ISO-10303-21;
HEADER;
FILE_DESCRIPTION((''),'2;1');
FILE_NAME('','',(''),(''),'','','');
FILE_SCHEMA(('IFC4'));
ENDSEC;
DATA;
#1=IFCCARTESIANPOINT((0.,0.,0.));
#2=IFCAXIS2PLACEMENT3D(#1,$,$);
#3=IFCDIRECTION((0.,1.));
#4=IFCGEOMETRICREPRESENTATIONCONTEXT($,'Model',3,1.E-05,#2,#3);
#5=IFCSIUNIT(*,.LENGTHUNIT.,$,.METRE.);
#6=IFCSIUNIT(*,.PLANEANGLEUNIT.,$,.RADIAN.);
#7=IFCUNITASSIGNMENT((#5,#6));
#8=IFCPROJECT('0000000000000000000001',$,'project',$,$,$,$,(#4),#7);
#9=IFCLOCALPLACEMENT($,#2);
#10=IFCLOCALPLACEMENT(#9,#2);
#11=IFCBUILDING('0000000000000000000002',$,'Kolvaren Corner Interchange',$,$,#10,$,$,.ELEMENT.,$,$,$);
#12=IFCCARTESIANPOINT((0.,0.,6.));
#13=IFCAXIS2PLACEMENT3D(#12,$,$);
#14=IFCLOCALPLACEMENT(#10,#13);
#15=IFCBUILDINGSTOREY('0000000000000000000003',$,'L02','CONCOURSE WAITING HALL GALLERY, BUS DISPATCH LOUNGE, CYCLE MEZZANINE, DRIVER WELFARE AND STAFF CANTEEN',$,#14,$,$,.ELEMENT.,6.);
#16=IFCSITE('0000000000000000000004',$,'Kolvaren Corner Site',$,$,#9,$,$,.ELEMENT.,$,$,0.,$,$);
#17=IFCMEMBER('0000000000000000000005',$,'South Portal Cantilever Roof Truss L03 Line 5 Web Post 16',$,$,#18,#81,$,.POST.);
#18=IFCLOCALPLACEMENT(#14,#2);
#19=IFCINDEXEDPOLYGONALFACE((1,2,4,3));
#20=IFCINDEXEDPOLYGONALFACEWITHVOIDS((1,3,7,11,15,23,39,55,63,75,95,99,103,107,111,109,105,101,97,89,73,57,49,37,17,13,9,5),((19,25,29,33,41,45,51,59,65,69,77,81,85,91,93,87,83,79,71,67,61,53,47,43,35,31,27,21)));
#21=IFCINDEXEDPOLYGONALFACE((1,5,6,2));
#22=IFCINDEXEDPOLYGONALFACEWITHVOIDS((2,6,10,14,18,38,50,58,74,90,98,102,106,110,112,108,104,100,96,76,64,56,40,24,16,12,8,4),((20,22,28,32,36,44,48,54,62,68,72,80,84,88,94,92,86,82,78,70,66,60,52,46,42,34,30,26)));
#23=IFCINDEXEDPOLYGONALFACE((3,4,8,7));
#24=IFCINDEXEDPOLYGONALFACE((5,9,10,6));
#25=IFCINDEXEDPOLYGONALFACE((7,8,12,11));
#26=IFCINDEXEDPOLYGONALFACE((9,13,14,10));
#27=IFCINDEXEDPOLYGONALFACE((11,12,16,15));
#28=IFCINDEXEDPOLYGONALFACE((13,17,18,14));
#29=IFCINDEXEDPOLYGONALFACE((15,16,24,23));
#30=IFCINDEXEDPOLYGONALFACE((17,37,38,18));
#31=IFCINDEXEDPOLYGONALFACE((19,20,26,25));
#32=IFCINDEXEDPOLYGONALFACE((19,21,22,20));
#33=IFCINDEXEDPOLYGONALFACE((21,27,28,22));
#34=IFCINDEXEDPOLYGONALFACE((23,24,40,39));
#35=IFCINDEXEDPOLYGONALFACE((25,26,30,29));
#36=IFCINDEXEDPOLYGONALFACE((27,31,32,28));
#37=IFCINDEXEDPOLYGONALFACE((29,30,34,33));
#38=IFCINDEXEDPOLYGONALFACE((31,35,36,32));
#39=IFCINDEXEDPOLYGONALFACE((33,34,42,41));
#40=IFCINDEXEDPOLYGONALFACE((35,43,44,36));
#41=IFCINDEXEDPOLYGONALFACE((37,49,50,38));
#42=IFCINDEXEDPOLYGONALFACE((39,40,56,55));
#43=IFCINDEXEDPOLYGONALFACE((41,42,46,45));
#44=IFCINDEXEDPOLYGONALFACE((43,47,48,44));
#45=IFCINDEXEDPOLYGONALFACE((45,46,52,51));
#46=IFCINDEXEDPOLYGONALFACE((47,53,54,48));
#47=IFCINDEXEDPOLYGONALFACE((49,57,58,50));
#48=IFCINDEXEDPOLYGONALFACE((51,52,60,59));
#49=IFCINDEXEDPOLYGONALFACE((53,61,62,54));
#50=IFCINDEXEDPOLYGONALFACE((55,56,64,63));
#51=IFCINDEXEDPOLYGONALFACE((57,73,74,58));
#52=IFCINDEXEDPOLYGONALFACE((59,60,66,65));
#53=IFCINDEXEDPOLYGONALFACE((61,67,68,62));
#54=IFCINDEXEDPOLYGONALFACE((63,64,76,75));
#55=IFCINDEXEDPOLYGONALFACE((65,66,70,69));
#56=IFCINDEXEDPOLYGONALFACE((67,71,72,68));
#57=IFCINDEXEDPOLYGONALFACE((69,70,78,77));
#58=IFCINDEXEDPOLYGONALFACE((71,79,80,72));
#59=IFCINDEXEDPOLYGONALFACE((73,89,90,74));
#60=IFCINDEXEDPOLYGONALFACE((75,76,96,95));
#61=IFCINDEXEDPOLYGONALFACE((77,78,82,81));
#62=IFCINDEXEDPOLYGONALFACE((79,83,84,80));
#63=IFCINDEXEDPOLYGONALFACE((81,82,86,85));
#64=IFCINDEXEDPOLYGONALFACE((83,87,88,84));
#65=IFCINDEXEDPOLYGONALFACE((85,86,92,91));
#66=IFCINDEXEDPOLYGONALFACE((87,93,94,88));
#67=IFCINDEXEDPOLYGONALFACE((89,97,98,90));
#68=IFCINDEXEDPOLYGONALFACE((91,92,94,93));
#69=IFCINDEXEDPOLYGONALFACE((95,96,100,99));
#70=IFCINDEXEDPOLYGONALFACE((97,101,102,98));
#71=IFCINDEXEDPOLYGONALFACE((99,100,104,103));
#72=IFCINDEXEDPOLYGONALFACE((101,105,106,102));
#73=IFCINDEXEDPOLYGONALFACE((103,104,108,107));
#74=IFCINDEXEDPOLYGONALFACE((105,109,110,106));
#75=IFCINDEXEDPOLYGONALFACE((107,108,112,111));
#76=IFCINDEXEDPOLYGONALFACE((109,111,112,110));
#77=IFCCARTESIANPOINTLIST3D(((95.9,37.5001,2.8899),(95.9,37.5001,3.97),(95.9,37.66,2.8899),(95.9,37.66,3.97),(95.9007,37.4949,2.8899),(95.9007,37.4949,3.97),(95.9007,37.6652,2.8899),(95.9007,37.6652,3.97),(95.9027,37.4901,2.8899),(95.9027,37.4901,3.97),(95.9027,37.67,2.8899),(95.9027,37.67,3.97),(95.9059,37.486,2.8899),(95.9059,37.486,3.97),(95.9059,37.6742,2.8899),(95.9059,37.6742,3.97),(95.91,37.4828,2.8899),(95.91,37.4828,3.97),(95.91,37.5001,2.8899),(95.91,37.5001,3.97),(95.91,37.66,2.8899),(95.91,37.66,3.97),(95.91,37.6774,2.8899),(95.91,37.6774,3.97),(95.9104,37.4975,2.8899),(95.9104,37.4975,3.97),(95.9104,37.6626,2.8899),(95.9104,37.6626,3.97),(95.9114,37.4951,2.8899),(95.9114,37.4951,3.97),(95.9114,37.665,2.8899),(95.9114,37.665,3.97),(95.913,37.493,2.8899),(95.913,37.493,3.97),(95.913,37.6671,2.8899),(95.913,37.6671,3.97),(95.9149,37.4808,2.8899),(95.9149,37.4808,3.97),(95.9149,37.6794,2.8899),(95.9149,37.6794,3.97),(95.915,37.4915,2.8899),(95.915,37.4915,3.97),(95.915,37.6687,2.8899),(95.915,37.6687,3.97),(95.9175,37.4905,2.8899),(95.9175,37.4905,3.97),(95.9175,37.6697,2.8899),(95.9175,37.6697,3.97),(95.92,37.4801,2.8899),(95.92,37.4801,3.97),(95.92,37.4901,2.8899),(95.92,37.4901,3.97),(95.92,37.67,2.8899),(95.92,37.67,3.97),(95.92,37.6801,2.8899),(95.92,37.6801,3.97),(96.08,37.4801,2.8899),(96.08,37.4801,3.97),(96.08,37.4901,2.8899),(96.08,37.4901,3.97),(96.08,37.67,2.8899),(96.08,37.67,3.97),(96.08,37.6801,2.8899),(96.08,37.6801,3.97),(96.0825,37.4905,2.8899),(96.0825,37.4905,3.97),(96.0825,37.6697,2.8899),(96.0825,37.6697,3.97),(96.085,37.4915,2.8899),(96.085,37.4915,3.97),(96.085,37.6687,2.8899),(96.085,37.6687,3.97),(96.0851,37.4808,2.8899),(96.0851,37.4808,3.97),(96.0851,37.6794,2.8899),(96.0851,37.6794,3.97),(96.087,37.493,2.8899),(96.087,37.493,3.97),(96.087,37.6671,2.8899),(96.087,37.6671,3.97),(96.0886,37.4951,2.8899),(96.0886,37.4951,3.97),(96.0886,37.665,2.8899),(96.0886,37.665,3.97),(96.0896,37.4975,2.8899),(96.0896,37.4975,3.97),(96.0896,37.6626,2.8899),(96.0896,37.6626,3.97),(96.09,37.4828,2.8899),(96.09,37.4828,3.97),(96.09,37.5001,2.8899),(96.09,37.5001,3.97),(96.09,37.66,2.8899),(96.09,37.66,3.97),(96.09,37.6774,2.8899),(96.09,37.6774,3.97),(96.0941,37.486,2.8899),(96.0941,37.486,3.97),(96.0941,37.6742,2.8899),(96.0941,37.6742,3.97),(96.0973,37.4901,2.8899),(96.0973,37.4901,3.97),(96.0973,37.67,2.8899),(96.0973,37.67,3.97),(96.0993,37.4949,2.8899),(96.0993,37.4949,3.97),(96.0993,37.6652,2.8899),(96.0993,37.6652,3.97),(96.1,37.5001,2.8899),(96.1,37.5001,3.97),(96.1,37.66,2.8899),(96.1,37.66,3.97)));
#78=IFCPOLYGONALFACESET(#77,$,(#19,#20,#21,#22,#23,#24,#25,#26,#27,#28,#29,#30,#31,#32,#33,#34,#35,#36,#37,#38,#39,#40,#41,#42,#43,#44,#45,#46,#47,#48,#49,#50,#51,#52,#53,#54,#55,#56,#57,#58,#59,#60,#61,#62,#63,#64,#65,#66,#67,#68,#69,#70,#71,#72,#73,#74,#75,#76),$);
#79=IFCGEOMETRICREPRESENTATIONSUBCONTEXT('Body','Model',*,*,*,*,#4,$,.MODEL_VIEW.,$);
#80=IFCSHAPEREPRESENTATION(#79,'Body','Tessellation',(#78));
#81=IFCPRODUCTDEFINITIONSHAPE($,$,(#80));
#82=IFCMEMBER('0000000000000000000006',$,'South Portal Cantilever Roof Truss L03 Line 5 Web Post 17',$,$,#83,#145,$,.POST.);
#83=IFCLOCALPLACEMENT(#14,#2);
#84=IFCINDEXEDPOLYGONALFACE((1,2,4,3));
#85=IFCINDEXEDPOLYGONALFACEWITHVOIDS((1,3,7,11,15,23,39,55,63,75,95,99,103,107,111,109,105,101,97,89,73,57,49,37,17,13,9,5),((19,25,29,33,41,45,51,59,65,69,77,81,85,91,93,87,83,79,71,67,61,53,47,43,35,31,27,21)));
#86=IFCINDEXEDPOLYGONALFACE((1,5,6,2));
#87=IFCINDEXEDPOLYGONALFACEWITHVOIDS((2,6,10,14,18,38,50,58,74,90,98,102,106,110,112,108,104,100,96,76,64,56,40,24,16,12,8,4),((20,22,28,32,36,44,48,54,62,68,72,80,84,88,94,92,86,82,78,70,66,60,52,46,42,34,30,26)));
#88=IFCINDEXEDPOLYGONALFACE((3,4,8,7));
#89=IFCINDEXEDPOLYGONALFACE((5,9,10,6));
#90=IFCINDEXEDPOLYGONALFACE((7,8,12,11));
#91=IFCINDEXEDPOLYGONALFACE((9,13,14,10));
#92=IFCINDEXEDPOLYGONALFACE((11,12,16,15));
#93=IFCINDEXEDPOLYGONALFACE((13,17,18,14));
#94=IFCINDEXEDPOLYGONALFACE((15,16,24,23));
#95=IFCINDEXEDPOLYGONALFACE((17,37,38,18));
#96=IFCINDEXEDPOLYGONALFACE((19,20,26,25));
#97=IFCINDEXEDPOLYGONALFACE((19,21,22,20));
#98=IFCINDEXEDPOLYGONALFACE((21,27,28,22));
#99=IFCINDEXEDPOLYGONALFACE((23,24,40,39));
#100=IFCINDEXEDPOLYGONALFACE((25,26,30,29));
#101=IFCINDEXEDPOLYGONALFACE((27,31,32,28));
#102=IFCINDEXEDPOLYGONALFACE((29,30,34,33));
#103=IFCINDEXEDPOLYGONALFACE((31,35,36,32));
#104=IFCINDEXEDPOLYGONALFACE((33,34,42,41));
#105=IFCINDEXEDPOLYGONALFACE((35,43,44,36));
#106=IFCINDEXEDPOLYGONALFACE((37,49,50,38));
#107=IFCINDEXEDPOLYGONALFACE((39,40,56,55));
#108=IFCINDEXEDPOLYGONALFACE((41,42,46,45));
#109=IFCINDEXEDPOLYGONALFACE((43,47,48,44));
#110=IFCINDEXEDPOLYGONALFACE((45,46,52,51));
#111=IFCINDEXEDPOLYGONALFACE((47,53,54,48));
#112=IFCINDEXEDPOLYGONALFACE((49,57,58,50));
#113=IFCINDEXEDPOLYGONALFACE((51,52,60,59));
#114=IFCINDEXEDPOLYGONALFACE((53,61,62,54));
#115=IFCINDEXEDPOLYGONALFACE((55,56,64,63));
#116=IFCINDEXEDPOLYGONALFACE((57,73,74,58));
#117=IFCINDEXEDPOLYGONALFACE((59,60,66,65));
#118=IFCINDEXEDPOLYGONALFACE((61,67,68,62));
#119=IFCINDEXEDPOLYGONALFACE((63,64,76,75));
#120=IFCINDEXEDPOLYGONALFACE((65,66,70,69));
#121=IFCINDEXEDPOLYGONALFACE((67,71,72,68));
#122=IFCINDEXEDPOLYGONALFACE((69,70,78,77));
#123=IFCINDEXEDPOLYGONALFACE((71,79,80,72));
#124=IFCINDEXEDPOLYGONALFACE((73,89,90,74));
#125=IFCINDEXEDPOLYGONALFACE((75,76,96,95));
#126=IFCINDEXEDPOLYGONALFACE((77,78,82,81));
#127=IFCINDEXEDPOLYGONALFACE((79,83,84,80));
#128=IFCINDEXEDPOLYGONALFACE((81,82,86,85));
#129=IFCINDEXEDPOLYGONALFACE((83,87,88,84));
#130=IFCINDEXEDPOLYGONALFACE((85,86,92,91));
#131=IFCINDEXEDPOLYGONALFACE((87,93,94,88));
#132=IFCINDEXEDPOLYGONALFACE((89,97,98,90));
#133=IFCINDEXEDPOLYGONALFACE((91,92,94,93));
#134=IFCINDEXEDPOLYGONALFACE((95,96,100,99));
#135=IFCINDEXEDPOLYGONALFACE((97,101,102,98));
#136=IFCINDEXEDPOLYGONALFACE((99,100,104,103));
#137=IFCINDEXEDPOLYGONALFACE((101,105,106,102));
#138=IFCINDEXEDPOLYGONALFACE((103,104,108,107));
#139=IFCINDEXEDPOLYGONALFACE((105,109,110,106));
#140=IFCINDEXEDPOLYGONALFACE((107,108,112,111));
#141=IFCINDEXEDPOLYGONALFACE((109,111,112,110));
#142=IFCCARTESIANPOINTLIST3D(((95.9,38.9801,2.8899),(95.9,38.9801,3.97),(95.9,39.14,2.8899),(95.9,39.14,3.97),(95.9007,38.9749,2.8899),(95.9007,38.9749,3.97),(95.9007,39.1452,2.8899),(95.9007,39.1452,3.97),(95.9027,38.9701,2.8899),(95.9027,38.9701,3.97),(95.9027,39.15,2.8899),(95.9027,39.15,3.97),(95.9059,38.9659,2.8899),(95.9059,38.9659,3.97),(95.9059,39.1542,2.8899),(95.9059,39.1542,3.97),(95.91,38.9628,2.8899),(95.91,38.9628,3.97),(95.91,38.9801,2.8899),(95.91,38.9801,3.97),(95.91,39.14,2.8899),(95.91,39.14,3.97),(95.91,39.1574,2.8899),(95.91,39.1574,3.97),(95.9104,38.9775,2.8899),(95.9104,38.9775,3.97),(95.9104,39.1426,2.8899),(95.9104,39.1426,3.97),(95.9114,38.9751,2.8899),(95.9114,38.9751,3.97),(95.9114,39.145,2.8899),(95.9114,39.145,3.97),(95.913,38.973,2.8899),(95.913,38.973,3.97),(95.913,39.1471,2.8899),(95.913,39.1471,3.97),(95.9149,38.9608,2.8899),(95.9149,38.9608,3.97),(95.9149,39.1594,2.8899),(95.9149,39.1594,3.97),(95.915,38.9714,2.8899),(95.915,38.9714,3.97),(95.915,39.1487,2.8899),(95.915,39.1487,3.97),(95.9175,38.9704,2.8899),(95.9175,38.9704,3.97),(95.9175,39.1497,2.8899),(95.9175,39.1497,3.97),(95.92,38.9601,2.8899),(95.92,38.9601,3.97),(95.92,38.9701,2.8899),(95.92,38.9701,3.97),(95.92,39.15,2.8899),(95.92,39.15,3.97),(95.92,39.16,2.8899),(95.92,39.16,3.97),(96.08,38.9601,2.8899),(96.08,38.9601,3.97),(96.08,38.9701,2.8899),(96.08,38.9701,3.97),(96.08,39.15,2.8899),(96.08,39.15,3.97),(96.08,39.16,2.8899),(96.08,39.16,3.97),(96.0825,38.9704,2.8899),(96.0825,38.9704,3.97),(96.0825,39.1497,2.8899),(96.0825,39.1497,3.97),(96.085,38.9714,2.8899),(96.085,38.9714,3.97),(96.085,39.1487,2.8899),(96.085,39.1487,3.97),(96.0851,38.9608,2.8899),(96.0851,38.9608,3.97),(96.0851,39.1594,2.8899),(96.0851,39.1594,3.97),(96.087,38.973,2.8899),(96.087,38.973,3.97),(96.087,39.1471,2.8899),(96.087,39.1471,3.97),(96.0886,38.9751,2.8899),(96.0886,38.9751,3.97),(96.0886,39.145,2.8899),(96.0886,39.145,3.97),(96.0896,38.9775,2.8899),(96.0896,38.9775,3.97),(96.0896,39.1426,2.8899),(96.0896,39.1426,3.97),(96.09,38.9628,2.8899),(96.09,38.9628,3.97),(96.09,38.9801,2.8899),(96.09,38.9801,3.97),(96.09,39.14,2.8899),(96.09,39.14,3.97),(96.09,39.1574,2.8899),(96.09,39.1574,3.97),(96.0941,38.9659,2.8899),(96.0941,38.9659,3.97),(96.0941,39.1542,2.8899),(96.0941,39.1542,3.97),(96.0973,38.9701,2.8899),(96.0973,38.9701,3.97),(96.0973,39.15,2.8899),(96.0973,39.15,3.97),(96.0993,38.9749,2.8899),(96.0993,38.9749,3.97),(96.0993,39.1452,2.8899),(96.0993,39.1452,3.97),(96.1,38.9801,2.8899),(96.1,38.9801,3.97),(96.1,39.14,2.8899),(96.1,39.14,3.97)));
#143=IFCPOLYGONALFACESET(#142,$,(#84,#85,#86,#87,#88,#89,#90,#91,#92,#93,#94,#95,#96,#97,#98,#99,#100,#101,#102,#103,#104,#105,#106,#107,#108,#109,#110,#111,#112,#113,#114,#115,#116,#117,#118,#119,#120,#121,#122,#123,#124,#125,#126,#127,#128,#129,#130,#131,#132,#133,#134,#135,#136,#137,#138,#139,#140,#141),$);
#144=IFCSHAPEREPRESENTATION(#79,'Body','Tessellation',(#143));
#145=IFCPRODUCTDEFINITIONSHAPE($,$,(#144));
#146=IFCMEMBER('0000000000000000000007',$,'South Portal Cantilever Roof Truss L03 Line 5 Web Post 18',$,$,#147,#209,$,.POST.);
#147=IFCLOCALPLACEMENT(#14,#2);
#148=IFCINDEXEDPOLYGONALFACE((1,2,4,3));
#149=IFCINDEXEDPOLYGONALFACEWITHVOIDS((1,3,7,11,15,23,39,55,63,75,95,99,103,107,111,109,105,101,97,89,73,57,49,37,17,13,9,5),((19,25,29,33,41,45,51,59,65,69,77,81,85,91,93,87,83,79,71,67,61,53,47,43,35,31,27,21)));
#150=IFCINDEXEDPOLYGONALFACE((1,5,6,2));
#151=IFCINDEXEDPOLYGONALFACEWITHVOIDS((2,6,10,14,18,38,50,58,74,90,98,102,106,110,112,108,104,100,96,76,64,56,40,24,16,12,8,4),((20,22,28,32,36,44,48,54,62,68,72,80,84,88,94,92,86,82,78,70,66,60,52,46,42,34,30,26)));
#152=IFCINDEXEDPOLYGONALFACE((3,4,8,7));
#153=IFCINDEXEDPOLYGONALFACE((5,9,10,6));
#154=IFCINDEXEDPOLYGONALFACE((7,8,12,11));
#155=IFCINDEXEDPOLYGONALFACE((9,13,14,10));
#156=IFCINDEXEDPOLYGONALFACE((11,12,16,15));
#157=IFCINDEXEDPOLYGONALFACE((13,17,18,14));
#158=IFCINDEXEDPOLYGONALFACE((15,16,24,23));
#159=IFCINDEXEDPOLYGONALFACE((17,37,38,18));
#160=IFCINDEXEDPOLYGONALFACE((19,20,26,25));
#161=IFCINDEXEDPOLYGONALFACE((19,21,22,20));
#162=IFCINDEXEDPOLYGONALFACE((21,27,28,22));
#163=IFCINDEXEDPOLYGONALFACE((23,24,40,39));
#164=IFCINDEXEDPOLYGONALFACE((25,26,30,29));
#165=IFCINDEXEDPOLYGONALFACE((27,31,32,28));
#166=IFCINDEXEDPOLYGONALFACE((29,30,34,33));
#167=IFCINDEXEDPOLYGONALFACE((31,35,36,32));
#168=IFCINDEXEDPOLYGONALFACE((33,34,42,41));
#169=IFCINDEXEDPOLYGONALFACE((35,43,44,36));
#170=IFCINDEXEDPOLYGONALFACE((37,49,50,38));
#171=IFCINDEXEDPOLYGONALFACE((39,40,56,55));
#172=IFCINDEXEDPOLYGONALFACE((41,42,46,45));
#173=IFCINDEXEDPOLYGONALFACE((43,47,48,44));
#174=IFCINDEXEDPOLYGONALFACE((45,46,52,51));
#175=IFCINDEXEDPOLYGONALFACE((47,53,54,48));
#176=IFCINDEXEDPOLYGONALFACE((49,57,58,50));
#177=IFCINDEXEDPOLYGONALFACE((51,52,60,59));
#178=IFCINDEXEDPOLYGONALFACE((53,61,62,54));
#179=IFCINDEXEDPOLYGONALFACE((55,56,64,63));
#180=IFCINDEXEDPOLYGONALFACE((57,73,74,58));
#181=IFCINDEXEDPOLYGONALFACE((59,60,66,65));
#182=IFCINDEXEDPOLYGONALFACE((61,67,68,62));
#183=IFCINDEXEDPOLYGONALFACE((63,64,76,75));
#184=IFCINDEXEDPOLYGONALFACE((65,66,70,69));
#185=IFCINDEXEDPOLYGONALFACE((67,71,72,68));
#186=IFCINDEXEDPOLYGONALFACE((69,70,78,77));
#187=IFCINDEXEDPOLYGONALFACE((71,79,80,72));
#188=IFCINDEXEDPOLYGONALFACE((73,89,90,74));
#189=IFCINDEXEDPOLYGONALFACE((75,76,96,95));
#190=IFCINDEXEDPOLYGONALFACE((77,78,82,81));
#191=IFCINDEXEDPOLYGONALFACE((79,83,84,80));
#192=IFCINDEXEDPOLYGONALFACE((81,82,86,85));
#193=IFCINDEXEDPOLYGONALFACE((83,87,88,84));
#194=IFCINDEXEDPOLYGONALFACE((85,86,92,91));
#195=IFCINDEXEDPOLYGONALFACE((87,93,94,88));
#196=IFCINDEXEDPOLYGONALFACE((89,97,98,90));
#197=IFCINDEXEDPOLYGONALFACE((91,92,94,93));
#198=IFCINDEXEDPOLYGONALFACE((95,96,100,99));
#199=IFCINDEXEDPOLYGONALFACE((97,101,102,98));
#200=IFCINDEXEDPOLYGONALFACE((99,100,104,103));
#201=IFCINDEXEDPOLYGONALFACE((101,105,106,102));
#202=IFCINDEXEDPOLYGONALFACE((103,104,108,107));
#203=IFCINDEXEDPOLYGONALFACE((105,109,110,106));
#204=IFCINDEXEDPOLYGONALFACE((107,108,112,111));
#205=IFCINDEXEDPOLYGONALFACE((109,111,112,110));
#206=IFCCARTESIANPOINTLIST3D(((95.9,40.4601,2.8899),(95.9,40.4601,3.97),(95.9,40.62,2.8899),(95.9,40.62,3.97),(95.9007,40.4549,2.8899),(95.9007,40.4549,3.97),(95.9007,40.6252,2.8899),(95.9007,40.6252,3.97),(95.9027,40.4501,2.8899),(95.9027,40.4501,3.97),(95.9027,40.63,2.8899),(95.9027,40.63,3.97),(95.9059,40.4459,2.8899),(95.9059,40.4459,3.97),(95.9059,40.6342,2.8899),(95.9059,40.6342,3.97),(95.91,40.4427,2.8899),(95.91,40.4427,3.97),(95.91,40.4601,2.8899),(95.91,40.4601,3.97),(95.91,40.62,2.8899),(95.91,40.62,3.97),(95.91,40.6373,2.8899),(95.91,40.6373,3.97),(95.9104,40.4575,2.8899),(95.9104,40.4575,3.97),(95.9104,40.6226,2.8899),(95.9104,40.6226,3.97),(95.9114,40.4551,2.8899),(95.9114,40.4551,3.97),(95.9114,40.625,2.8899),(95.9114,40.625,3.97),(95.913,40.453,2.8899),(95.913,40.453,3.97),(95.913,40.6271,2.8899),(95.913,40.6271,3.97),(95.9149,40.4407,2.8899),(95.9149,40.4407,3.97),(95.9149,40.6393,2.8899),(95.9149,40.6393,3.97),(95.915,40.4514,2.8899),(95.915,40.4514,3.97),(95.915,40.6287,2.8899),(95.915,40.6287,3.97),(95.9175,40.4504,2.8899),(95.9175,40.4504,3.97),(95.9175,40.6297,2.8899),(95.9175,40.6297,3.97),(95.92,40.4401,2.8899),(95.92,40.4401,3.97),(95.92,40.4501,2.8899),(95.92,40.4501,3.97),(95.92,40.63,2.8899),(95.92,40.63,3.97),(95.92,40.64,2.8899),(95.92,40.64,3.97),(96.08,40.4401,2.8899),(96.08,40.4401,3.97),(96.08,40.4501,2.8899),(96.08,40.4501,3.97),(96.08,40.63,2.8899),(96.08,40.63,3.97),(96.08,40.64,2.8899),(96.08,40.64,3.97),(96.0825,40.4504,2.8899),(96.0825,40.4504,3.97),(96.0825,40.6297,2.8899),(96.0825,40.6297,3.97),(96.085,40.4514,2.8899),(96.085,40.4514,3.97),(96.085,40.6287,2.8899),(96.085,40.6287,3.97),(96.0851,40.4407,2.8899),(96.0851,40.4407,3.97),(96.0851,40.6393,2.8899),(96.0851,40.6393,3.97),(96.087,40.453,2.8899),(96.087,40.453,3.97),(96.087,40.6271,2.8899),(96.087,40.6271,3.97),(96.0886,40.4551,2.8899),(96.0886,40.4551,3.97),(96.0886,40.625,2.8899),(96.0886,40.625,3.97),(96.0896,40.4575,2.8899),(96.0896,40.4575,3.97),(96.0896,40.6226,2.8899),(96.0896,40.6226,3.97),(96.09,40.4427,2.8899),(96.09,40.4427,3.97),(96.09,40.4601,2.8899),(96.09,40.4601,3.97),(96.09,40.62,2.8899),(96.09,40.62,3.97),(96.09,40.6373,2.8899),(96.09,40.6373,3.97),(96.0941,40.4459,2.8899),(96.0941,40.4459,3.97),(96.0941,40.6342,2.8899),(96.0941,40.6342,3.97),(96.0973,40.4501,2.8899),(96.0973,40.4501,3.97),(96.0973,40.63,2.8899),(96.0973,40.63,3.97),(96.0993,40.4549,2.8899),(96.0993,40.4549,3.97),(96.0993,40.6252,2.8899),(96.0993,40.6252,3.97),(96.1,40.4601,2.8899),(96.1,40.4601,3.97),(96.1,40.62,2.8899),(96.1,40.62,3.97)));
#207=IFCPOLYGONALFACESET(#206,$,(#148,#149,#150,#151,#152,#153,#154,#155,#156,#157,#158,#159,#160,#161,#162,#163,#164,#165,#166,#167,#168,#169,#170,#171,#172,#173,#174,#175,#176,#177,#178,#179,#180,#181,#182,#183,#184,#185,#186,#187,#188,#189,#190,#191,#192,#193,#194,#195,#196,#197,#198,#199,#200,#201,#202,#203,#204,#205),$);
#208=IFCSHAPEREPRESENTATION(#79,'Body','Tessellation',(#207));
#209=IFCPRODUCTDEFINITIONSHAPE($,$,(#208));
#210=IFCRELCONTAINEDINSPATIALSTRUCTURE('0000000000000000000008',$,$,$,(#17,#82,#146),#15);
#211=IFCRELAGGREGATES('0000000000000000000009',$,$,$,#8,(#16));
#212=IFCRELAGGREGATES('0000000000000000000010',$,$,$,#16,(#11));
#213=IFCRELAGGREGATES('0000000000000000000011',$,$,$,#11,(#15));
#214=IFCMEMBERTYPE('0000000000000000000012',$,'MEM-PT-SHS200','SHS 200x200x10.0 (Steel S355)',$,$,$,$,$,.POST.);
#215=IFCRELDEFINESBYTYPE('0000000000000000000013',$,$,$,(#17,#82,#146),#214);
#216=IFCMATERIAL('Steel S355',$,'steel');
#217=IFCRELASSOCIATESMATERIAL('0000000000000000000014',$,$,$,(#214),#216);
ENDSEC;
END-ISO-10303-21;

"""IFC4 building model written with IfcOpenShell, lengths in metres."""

from ifc_helpers import new_model, si_unit, direction, frame, origin, origin_2d, place, context, subcontext, project, spatial, hollow_rectangle, extrude, material, material_profile, profile_set, type_object, element, save


model = new_model("IFC4")

# Units and contexts
model_context = context("Model", 3, precision=1e-05, world=origin(), true_north=direction((0.0, 1.0)))
body_context = subcontext(model_context, "Body", "Model", "MODEL_VIEW")
ifc_project = project(units=[si_unit("LENGTHUNIT", "METRE"), si_unit("PLANEANGLEUNIT", "RADIAN")], contexts=[model_context])

# Site, building, storey
site_placement = place(None, origin())
site = spatial("IfcSite", under=ifc_project, at=site_placement, Name="Kolvaren Corner Site", CompositionType="ELEMENT", RefElevation=0.0)
building_placement = place(site_placement, origin())
building = spatial("IfcBuilding", under=site, at=building_placement, Name="Kolvaren Corner Interchange", CompositionType="ELEMENT")
storey_placement = place(building_placement, frame((0.0, 0.0, 6.0)))
storey = spatial("IfcBuildingStorey", under=building, at=storey_placement, Name="L02", Description="CONCOURSE WAITING HALL GALLERY, BUS DISPATCH LOUNGE, CYCLE MEZZANINE, DRIVER WELFARE AND STAFF CANTEEN", CompositionType="ELEMENT", Elevation=6.0)

# Members
ifc_material_1 = material(Name="Steel S355", Category="steel")
ifc_material_profile_1 = material_profile(ifc_material_1, hollow_rectangle(XDim=0.2, YDim=0.2, WallThickness=0.01, InnerFilletRadius=0.01, OuterFilletRadius=0.02, at=origin_2d()), Name="SHS 200x200x10.0")
ifc_profile_set_1 = profile_set([ifc_material_profile_1], Name="Steel S355")
member_type_1 = type_object("IfcMemberType", Name="MEM-PT-SHS200", Description="SHS 200x200x10.0 (Steel S355)", PredefinedType="POST", material=ifc_profile_set_1)
for number, where, z_axis, x_axis, name in (
    (1, (96.0, 37.5801, 2.8899), (0.0, 0.0, 1.0), (1.0, 0.0, 0.0), "South Portal Cantilever Roof Truss L03 Line 5 Web Post 16"),
    (2, (96.0, 39.0601, 2.8899), (0.0, 0.0, 1.0), (1.0, 0.0, 0.0), "South Portal Cantilever Roof Truss L03 Line 5 Web Post 17"),
    (3, (96.0, 40.54, 2.8899), (0.0, 0.0, 1.0), (1.0, 0.0, 0.0), "South Portal Cantilever Roof Truss L03 Line 5 Web Post 18"),
):
    element("IfcMember", number, at=place(storey_placement, frame(where, z_axis=z_axis, x_axis=x_axis)), inside=storey, type_object=member_type_1, Name=name, PredefinedType="POST", context=body_context, shape_type="SweptSolid", body=[
        extrude(hollow_rectangle(XDim=0.2, YDim=0.2, WallThickness=0.01, InnerFilletRadius=0.01, OuterFilletRadius=0.02, at=origin_2d()), origin(), (0.0, 0.0, 1.0), 1.0801),
    ])

save(model, "model.ifc")
